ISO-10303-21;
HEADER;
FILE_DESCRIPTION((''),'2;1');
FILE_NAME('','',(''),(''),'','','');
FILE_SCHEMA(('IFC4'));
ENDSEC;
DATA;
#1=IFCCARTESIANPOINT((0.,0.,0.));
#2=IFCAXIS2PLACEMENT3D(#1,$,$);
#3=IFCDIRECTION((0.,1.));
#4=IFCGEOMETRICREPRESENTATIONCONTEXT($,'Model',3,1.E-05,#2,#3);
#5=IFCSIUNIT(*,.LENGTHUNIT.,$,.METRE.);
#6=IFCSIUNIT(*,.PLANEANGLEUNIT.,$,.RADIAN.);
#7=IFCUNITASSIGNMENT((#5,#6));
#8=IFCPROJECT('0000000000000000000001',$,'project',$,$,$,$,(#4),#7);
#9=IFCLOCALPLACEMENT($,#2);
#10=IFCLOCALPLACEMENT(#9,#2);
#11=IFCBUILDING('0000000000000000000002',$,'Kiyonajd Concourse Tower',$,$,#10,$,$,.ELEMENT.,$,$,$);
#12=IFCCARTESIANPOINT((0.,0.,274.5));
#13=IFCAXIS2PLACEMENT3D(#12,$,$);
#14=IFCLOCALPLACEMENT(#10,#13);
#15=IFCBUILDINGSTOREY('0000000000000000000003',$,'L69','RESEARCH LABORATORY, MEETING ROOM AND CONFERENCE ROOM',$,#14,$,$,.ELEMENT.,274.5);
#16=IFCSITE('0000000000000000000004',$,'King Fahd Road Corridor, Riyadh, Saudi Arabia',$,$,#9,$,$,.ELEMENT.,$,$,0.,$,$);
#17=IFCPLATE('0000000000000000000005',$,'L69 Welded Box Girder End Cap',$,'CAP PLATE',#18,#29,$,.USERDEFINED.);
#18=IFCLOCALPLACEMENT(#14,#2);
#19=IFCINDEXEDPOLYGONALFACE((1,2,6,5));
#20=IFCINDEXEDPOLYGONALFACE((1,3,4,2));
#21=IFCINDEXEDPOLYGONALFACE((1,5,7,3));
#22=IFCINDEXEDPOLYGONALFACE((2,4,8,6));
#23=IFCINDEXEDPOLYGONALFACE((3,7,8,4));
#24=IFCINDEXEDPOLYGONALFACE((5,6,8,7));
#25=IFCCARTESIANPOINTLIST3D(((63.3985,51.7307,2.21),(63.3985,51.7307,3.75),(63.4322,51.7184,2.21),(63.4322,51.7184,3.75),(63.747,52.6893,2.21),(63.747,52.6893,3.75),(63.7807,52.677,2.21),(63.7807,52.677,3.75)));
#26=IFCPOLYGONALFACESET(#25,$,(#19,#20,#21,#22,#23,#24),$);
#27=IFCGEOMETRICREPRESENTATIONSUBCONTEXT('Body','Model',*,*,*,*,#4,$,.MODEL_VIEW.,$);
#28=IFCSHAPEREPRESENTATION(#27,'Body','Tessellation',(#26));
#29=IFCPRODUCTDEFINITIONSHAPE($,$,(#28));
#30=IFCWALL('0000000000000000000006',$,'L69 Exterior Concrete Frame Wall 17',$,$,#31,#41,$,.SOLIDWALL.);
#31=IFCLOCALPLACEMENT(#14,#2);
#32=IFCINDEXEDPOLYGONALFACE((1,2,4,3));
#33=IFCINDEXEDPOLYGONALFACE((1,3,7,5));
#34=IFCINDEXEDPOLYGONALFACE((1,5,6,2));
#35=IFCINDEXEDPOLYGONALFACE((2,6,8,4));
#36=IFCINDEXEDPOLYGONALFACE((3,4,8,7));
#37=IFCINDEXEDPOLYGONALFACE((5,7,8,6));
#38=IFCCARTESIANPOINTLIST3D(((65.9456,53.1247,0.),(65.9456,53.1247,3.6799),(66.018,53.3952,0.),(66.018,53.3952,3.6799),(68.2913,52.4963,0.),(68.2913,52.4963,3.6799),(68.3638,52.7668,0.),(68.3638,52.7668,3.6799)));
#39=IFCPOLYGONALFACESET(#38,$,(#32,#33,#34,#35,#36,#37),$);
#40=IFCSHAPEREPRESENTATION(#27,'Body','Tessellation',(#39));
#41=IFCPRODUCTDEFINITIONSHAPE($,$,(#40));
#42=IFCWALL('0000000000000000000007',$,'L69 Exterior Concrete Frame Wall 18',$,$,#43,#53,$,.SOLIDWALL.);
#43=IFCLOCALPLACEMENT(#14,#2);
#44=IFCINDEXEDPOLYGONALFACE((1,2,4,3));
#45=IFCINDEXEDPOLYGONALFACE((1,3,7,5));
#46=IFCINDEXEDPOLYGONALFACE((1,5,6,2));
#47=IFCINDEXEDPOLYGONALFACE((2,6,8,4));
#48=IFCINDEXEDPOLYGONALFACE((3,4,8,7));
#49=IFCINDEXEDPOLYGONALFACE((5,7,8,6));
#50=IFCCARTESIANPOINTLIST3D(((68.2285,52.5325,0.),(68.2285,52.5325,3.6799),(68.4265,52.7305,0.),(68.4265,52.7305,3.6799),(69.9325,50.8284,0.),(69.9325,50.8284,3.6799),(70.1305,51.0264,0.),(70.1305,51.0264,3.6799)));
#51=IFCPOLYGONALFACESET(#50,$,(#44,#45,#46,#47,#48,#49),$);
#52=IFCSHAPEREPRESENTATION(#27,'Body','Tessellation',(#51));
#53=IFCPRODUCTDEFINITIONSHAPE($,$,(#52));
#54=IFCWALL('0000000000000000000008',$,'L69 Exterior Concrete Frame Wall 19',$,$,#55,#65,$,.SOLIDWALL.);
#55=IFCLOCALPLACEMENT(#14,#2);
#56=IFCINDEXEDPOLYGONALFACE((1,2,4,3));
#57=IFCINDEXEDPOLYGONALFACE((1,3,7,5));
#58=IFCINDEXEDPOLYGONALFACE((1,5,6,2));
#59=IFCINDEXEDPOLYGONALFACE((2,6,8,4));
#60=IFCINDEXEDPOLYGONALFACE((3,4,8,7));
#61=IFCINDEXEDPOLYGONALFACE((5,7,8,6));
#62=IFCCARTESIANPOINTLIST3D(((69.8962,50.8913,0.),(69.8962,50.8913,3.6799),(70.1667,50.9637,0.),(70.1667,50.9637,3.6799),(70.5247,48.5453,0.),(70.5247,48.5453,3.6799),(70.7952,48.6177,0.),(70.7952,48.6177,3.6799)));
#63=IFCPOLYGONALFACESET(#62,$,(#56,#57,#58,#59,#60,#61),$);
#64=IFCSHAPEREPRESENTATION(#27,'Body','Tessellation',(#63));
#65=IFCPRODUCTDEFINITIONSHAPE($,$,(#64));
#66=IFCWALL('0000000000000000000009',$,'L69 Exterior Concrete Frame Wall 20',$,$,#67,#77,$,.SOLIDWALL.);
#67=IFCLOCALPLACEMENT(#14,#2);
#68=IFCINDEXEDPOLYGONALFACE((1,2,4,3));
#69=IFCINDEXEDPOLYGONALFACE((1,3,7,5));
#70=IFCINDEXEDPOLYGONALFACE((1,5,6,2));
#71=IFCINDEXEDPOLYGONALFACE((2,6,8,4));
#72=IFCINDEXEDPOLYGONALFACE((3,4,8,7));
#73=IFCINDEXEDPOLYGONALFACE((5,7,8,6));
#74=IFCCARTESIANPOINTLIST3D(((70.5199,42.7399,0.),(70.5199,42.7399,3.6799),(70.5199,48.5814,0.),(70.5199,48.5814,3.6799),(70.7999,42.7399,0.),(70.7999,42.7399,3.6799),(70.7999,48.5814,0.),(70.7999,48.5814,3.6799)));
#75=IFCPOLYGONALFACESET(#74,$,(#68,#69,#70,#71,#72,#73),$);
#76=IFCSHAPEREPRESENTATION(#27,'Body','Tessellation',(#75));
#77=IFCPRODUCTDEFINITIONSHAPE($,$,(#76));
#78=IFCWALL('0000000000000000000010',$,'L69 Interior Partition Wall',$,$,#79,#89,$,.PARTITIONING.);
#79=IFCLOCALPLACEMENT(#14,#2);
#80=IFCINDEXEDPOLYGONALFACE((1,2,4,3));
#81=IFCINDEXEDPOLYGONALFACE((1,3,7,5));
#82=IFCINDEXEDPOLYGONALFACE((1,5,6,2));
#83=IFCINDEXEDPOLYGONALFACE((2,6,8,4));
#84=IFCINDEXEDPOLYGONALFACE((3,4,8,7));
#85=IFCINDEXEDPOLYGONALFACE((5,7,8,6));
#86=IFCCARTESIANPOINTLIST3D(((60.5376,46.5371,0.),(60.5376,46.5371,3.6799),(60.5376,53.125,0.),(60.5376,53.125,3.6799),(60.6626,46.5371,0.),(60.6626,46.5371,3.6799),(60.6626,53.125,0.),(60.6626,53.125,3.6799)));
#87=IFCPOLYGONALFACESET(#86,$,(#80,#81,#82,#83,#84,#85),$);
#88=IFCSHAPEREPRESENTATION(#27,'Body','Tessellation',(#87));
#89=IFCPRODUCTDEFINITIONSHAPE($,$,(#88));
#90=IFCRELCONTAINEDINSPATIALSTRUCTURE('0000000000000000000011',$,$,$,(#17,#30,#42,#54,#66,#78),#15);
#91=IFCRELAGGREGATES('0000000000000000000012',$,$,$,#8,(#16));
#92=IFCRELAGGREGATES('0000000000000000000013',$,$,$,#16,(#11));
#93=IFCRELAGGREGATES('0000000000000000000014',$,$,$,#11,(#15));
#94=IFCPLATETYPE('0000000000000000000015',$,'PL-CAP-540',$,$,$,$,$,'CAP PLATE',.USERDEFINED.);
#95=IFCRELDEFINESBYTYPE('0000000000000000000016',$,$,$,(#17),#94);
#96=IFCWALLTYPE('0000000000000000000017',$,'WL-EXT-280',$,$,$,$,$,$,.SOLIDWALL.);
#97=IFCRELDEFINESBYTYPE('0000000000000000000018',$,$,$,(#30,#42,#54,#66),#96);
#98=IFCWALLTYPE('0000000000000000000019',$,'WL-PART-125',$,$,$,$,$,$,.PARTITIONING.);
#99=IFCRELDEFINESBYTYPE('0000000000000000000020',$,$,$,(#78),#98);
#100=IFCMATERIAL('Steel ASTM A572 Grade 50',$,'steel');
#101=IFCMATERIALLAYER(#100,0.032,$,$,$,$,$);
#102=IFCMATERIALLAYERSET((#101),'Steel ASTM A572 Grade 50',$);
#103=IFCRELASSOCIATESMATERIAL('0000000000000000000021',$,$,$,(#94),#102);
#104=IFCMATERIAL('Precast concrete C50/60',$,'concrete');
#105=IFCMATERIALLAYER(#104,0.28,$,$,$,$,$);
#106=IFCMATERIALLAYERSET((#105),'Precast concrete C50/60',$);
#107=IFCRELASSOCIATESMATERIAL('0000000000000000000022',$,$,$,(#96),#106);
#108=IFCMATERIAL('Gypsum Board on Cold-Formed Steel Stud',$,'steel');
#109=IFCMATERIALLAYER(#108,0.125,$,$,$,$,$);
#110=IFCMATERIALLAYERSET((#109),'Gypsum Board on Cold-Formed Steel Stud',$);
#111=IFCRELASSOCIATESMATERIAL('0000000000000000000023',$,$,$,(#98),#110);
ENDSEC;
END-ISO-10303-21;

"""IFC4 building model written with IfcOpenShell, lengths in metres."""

from ifc_helpers import new_model, si_unit, direction, frame, frame_2d, origin, origin_2d, place, context, subcontext, project, spatial, rectangle, extrude, material, layer, layer_set, type_object, element, save


model = new_model("IFC4")

# Units and contexts
model_context = context("Model", 3, precision=1e-05, world=origin(), true_north=direction((0.0, 1.0)))
body_context = subcontext(model_context, "Body", "Model", "MODEL_VIEW")
ifc_project = project(units=[si_unit("LENGTHUNIT", "METRE"), si_unit("PLANEANGLEUNIT", "RADIAN")], contexts=[model_context])

# Site, building, storey
site_placement = place(None, origin())
site = spatial("IfcSite", under=ifc_project, at=site_placement, Name="King Fahd Road Corridor, Riyadh, Saudi Arabia", CompositionType="ELEMENT", RefElevation=0.0)
building_placement = place(site_placement, origin())
building = spatial("IfcBuilding", under=site, at=building_placement, Name="Kiyonajd Concourse Tower", CompositionType="ELEMENT")
storey_placement = place(building_placement, frame((0.0, 0.0, 274.5)))
storey = spatial("IfcBuildingStorey", under=building, at=storey_placement, Name="L69", Description="RESEARCH LABORATORY, MEETING ROOM AND CONFERENCE ROOM", CompositionType="ELEMENT", Elevation=274.5)

# Shared definitions
ifc_material_1 = material(Name="Steel ASTM A572 Grade 50", Category="steel")

# Plate
ifc_layer_1 = layer(ifc_material_1, 0.032)
ifc_layer_set_1 = layer_set([ifc_layer_1], Name="Steel ASTM A572 Grade 50")
plate_type_1 = type_object("IfcPlateType", Name="PL-CAP-540", ElementType="CAP PLATE", PredefinedType="USERDEFINED", material=ifc_layer_set_1)
for number, where, z_axis, x_axis, name in (
    (1, (63.5896, 52.2039, 2.21), (0.0, 0.0, 1.0), (-0.939812, 0.341692, 0.0), "L69 Welded Box Girder End Cap"),
):
    element("IfcPlate", number, at=place(storey_placement, frame(where, z_axis=z_axis, x_axis=x_axis)), inside=storey, type_object=plate_type_1, Name=name, ObjectType="CAP PLATE", PredefinedType="USERDEFINED", context=body_context, shape_type="SweptSolid", body=[
        extrude(rectangle(XDim=0.0359, YDim=1.02, at=origin_2d()), origin(), (0.0, 0.0, 1.0), 1.54),
    ])

# Walls
ifc_material_2 = material(Name="Precast concrete C50/60", Category="concrete")
ifc_layer_2 = layer(ifc_material_2, 0.28)
ifc_layer_set_2 = layer_set([ifc_layer_2], Name="Precast concrete C50/60")
wall_type_1 = type_object("IfcWallType", Name="WL-EXT-280", PredefinedType="SOLIDWALL", material=ifc_layer_set_2)
wall_1_placement = place(storey_placement, frame((65.9817, 53.26, 0.0), z_axis=(0.0, 0.0, 1.0), x_axis=(0.965937, -0.258776, 0.0)))
element("IfcWall", 2, at=wall_1_placement, inside=storey, type_object=wall_type_1, Name="L69 Exterior Concrete Frame Wall 17", PredefinedType="SOLIDWALL", context=body_context, shape_type="SweptSolid", body=[
    extrude(rectangle(XDim=2.4285, YDim=0.28, at=frame_2d((1.2144, 0.0))), origin(), (0.0, 0.0, 1.0), 3.6799),
])
wall_2_placement = place(storey_placement, frame((68.3274, 52.6316, 0.0), z_axis=(0.0, 0.0, 1.0), x_axis=(0.707107, -0.707107, 0.0)))
element("IfcWall", 3, at=wall_2_placement, inside=storey, type_object=wall_type_1, Name="L69 Exterior Concrete Frame Wall 18", PredefinedType="SOLIDWALL", context=body_context, shape_type="SweptSolid", body=[
    extrude(rectangle(XDim=2.4099, YDim=0.28, at=frame_2d((1.2051, 0.0))), origin(), (0.0, 0.0, 1.0), 3.6799),
])
wall_3_placement = place(storey_placement, frame((70.0315, 50.9275, 0.0), z_axis=(0.0, 0.0, 1.0), x_axis=(0.258751, -0.965944, 0.0)))
element("IfcWall", 4, at=wall_3_placement, inside=storey, type_object=wall_type_1, Name="L69 Exterior Concrete Frame Wall 19", PredefinedType="SOLIDWALL", context=body_context, shape_type="SweptSolid", body=[
    extrude(rectangle(XDim=2.4287, YDim=0.28, at=frame_2d((1.2144, 0.0))), origin(), (0.0, 0.0, 1.0), 3.6799),
])
wall_4_placement = place(storey_placement, frame((70.6599, 48.5815, 0.0), z_axis=(0.0, 0.0, 1.0), x_axis=(0.0, -1.0, 0.0)))
element("IfcWall", 5, at=wall_4_placement, inside=storey, type_object=wall_type_1, Name="L69 Exterior Concrete Frame Wall 20", PredefinedType="SOLIDWALL", context=body_context, shape_type="SweptSolid", body=[
    extrude(rectangle(XDim=5.8416, YDim=0.28, at=frame_2d((2.9209, 0.0))), origin(), (0.0, 0.0, 1.0), 3.6799),
])
ifc_material_3 = material(Name="Gypsum Board on Cold-Formed Steel Stud", Category="steel")
ifc_layer_3 = layer(ifc_material_3, 0.125)
ifc_layer_set_3 = layer_set([ifc_layer_3], Name="Gypsum Board on Cold-Formed Steel Stud")
wall_type_2 = type_object("IfcWallType", Name="WL-PART-125", PredefinedType="PARTITIONING", material=ifc_layer_set_3)
wall_5_placement = place(storey_placement, frame((60.6001, 46.5371, 0.0), z_axis=(0.0, 0.0, 1.0), x_axis=(0.0, 1.0, 0.0)))
element("IfcWall", 6, at=wall_5_placement, inside=storey, type_object=wall_type_2, Name="L69 Interior Partition Wall", PredefinedType="PARTITIONING", context=body_context, shape_type="SweptSolid", body=[
    extrude(rectangle(XDim=6.5879, YDim=0.125, at=frame_2d((3.2939, 0.0))), origin(), (0.0, 0.0, 1.0), 3.6799),
])

save(model, "model.ifc")
